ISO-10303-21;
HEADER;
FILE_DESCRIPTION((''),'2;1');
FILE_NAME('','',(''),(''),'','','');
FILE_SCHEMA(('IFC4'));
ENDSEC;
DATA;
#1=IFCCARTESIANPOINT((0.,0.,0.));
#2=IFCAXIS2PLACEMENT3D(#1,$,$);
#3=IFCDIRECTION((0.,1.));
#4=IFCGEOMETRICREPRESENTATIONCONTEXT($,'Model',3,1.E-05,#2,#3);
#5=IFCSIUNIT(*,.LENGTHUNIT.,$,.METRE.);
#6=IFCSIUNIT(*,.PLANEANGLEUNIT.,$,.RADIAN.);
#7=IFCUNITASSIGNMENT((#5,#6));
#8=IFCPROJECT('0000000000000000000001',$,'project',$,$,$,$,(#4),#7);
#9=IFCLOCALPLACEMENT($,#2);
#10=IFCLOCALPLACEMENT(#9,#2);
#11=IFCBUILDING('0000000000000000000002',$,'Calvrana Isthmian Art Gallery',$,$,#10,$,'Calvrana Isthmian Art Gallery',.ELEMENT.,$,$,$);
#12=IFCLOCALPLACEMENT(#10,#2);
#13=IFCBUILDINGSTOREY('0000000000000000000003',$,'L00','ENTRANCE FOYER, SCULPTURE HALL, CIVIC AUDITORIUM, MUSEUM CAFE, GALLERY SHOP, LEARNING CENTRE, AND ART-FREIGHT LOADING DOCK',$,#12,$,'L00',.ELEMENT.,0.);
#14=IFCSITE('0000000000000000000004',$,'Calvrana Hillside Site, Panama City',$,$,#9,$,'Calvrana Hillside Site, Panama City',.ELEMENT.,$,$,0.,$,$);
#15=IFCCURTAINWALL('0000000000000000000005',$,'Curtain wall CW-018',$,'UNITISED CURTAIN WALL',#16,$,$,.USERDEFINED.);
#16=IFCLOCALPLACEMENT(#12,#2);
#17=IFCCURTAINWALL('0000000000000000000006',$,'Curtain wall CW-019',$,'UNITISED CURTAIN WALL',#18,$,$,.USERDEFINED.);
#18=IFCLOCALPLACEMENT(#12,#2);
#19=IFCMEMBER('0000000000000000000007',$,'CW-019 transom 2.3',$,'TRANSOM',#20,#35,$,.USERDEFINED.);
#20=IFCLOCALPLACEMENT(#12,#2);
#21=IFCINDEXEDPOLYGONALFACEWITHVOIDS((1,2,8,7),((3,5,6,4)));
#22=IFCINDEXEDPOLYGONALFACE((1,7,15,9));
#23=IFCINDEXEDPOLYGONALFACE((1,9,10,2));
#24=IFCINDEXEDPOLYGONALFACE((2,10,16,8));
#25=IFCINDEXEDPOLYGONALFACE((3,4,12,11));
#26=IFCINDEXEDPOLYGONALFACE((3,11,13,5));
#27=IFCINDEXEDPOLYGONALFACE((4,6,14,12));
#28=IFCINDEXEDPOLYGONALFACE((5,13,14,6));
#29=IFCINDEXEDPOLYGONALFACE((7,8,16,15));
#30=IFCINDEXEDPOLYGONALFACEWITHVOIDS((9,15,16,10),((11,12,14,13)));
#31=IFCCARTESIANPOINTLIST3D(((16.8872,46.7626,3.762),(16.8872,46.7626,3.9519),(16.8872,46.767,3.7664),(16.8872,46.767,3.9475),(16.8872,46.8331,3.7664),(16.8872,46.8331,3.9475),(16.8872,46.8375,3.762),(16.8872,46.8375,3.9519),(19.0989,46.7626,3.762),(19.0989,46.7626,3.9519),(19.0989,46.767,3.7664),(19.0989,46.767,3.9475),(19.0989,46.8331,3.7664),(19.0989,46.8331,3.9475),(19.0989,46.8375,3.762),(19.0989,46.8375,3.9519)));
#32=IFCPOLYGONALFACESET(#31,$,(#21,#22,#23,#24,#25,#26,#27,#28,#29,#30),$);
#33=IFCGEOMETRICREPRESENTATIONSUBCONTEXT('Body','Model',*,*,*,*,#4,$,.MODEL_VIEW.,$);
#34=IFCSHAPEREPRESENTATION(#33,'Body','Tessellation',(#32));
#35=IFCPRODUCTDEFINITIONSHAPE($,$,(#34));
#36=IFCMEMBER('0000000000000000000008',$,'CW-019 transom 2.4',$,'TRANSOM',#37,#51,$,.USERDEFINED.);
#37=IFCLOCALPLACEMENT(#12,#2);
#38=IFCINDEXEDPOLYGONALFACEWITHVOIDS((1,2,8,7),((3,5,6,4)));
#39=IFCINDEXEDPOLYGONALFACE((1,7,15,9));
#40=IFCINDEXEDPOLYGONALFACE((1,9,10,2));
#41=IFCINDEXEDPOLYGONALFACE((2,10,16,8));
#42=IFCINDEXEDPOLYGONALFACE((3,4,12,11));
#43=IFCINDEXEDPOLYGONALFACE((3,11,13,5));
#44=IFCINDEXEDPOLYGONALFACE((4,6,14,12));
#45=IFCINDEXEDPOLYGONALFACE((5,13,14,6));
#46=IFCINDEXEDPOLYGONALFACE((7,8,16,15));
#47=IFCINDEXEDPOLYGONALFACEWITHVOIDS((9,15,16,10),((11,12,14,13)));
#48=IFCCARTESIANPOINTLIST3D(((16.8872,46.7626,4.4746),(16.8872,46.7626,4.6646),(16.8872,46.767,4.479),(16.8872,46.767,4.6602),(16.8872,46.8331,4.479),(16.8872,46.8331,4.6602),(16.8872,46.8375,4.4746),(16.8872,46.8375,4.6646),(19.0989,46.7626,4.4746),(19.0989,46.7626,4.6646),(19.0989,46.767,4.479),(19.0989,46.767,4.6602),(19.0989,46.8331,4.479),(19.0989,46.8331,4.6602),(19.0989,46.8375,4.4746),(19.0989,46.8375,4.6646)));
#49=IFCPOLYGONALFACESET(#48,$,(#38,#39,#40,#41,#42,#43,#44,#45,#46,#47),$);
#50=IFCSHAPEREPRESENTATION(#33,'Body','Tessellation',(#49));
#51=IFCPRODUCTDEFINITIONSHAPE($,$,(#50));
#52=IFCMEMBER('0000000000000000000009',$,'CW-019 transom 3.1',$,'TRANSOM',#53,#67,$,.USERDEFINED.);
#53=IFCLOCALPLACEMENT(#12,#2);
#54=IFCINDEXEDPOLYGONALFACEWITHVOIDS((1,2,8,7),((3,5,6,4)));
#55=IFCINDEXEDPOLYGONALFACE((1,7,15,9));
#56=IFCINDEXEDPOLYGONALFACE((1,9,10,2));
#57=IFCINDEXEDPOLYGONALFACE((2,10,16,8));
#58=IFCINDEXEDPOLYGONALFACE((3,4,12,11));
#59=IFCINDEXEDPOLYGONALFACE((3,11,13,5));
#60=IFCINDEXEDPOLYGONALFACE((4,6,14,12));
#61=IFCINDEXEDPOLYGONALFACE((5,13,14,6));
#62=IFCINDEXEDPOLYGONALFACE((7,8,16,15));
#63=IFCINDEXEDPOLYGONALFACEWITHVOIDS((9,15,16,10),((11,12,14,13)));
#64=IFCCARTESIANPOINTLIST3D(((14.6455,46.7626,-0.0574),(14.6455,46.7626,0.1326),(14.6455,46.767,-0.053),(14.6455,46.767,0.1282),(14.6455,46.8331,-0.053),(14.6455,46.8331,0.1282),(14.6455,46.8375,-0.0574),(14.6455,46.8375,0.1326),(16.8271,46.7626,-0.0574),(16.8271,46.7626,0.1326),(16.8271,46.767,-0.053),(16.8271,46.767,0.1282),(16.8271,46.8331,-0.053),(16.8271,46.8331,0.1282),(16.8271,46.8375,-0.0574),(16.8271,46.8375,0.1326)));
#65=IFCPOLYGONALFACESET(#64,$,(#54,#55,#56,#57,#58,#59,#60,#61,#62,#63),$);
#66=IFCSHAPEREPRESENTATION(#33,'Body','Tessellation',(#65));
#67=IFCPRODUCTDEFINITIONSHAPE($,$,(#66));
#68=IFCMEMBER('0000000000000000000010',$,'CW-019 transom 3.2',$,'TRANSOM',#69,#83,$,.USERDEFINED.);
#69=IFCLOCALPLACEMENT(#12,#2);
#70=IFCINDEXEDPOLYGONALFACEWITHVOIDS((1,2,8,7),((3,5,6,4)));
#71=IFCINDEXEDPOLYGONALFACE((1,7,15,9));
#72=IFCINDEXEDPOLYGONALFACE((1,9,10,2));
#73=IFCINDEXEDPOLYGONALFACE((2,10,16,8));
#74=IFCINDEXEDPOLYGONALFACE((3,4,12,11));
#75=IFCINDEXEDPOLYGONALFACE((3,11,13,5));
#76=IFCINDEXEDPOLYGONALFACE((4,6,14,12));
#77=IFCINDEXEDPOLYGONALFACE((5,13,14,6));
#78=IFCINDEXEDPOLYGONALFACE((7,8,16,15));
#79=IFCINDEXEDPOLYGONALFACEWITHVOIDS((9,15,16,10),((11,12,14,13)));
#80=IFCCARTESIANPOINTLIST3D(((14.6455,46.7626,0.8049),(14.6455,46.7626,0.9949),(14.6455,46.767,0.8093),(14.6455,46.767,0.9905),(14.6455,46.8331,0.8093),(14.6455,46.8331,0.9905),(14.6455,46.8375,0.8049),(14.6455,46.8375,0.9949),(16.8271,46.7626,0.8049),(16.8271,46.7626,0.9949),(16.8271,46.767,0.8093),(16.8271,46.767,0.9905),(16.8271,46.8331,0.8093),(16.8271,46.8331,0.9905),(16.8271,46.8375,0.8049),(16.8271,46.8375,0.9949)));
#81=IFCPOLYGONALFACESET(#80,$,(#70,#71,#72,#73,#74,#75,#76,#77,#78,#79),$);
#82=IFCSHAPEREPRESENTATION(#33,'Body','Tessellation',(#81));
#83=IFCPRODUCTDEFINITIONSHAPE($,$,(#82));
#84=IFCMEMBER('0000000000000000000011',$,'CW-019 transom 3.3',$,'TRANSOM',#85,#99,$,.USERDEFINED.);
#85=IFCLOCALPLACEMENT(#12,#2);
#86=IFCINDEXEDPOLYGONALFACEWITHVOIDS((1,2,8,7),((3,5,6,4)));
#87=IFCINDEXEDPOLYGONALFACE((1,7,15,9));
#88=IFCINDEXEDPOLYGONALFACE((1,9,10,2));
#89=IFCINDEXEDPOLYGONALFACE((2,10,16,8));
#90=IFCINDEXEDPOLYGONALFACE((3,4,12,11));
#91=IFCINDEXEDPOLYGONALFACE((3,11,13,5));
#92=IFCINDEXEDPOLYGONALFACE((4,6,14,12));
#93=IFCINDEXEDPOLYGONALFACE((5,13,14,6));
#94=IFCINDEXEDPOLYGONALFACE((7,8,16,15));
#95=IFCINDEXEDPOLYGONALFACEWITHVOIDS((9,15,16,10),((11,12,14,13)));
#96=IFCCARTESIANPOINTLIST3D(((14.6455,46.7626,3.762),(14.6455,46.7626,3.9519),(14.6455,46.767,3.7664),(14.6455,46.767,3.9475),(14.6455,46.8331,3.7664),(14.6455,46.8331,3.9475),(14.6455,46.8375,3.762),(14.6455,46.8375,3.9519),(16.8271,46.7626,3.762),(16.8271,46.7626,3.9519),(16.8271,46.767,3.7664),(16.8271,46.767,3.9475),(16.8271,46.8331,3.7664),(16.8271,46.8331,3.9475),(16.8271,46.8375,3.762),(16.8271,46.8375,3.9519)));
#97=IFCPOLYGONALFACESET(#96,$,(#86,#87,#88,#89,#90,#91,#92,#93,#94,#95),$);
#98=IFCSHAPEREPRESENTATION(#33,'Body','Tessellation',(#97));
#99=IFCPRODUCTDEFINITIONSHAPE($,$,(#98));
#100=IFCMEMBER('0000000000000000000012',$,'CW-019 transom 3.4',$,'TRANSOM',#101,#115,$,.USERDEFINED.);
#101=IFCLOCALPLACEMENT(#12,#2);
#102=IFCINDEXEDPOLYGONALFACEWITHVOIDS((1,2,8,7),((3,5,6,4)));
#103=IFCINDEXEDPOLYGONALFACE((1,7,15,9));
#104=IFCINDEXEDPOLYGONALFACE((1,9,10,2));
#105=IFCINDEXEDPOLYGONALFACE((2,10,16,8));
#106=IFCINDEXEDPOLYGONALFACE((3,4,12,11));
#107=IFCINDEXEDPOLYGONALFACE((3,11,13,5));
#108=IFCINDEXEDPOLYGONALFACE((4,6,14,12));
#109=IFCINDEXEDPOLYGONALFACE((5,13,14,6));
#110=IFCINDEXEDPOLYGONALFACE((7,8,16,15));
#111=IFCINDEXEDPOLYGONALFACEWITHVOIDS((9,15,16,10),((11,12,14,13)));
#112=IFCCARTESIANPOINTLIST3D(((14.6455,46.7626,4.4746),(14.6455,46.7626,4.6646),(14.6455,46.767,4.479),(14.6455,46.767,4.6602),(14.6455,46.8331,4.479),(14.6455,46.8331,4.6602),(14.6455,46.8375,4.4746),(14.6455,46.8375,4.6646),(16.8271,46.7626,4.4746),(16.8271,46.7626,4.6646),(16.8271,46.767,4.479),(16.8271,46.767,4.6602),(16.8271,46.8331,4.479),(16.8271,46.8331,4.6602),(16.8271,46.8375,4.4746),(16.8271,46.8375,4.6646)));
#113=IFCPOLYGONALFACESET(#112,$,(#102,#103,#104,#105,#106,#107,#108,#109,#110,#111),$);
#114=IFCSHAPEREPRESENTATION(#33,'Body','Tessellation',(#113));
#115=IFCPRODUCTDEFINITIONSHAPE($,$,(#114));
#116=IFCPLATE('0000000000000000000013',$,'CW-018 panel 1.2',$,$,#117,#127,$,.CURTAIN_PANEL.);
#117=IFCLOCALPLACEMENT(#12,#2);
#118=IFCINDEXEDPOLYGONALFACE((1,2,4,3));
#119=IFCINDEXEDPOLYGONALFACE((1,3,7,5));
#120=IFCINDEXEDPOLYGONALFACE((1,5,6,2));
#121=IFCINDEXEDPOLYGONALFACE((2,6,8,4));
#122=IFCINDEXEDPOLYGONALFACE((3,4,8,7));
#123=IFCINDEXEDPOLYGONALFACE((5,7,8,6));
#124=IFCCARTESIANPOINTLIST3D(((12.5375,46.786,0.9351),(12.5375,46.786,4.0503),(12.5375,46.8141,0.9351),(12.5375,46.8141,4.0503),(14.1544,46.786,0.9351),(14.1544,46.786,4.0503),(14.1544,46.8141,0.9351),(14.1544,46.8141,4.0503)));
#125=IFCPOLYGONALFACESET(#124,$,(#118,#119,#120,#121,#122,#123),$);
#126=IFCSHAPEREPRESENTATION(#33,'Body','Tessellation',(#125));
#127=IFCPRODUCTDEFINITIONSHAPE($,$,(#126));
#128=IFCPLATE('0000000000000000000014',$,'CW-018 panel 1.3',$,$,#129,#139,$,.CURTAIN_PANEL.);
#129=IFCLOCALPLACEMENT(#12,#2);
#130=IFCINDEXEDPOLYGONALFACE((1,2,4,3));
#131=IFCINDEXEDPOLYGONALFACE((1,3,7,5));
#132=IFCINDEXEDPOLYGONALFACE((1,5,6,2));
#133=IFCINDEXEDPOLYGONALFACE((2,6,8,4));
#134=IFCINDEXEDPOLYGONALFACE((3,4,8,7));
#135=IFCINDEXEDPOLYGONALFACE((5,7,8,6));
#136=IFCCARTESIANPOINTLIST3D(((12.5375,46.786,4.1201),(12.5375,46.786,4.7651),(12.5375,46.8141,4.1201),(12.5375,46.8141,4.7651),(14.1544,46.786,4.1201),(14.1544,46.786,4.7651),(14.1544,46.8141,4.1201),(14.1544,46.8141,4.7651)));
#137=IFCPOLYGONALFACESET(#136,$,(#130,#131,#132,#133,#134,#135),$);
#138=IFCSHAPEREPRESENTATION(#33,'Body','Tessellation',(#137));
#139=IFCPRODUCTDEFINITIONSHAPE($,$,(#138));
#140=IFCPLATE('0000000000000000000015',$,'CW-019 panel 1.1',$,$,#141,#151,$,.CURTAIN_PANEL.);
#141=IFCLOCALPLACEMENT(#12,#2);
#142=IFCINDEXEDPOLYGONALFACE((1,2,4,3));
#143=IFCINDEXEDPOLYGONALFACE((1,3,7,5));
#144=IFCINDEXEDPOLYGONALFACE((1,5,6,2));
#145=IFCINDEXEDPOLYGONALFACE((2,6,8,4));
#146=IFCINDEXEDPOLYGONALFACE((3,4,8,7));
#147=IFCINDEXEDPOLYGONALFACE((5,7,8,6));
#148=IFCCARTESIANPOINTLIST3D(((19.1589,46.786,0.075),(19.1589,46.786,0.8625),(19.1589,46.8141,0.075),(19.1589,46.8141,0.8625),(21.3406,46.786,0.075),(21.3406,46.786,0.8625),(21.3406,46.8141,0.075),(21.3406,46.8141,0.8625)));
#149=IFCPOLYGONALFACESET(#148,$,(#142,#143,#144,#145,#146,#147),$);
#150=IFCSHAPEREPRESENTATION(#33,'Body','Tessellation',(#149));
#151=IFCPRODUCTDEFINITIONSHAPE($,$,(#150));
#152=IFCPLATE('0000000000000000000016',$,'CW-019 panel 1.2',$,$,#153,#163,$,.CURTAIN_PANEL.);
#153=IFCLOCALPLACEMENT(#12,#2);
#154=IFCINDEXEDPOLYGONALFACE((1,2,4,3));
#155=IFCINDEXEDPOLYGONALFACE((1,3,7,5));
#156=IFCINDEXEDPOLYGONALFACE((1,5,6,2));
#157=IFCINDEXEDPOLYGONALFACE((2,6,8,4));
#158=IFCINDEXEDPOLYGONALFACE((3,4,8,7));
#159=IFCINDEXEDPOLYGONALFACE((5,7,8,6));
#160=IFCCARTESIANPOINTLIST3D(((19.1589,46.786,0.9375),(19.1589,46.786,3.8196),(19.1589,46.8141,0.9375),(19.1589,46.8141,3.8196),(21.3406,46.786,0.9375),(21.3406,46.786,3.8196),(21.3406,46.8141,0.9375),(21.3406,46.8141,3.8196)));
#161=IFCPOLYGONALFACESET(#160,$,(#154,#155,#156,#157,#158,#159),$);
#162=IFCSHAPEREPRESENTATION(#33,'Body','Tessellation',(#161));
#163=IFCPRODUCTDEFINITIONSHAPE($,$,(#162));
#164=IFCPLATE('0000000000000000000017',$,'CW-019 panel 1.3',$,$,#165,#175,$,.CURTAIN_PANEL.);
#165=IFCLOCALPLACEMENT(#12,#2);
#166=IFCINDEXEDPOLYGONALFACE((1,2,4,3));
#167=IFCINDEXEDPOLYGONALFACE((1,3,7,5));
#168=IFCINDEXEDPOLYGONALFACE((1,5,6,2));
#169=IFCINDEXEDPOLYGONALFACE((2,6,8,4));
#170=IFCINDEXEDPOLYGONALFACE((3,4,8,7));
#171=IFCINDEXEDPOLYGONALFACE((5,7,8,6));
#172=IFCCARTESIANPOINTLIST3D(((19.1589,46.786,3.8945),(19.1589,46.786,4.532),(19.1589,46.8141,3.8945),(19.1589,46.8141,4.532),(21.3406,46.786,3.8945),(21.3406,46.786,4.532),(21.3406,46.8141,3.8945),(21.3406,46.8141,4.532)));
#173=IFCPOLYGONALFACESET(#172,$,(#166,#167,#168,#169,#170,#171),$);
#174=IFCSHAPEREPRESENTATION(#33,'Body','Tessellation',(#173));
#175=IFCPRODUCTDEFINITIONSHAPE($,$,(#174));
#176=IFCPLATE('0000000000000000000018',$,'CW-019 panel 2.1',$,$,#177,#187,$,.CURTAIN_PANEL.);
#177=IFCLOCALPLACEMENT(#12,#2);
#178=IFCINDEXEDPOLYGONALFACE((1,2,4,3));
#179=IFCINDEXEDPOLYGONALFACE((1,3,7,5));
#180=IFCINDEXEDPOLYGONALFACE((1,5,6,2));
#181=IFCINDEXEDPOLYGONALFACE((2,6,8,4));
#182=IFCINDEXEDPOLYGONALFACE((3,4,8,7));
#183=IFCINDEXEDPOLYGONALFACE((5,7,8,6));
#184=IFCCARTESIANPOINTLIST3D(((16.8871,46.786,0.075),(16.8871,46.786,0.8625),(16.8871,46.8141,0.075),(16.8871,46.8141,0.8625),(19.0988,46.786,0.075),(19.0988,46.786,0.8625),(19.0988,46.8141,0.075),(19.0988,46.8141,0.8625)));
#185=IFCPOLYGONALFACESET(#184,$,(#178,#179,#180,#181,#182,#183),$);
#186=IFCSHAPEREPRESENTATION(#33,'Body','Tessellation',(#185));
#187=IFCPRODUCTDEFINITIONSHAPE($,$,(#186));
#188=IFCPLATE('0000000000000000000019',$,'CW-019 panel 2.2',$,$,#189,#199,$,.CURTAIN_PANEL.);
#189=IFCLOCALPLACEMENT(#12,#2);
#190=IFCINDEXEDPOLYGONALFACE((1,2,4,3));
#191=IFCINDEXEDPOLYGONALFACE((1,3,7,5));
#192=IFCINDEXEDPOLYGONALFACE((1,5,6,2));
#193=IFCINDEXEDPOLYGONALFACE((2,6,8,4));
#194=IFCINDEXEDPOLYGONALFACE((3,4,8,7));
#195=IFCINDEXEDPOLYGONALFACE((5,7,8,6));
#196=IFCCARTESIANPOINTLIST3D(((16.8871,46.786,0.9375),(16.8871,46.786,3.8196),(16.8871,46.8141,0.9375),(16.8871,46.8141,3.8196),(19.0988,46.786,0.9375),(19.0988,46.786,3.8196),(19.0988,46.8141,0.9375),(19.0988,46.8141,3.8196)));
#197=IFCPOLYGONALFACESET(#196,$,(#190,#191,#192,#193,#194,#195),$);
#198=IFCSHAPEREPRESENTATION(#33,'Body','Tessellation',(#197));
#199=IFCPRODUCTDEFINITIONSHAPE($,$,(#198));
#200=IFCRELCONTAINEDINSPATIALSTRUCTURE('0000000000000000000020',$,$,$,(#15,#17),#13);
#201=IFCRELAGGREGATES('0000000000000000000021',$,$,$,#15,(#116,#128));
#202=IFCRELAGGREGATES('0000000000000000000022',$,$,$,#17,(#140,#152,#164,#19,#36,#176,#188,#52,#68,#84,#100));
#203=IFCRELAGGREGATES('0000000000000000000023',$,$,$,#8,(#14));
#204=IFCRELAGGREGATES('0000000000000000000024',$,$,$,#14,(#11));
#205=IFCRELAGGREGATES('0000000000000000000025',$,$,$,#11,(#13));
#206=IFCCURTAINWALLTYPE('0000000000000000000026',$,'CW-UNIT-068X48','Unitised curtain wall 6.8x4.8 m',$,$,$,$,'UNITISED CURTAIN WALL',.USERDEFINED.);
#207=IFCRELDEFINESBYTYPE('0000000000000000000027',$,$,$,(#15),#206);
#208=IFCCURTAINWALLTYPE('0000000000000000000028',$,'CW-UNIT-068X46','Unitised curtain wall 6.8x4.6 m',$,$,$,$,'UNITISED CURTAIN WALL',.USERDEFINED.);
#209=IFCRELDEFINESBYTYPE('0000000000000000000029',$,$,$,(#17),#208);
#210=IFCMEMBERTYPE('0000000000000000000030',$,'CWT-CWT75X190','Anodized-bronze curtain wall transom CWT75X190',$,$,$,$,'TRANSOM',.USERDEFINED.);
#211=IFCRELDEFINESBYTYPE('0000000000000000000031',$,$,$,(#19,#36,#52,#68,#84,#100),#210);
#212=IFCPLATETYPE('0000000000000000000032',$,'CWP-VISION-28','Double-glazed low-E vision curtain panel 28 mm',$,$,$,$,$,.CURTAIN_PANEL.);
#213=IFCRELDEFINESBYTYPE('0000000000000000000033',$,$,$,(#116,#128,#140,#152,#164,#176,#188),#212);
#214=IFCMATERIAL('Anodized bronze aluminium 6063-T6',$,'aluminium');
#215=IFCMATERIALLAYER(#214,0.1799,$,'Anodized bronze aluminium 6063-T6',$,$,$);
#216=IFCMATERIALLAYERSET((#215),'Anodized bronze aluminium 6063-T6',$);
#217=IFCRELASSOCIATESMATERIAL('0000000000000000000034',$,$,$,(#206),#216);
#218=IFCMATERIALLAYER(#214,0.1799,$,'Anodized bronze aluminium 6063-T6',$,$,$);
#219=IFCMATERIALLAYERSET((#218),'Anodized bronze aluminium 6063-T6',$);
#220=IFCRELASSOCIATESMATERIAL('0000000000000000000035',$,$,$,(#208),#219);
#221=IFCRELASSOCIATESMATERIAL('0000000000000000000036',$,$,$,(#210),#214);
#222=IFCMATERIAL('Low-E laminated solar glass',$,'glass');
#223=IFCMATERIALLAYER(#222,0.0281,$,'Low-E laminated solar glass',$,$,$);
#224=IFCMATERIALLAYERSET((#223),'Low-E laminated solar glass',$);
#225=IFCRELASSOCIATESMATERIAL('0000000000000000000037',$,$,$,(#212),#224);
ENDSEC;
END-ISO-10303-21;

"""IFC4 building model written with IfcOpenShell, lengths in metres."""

from ifc_helpers import new_model, si_unit, direction, frame, origin, origin_2d, place, context, subcontext, project, spatial, rectangle, hollow_rectangle, extrude, material, layer, layer_set, material_profile, profile_set, type_object, element, aggregate, save


model = new_model("IFC4")

# Units and contexts
model_context = context("Model", 3, precision=1e-05, world=origin(), true_north=direction((0.0, 1.0)))
body_context = subcontext(model_context, "Body", "Model", "MODEL_VIEW")
ifc_project = project(units=[si_unit("LENGTHUNIT", "METRE"), si_unit("PLANEANGLEUNIT", "RADIAN")], contexts=[model_context])

# Site, building, storey
site_placement = place(None, origin())
site = spatial("IfcSite", under=ifc_project, at=site_placement, Name="Calvrana Hillside Site, Panama City", LongName="Calvrana Hillside Site, Panama City", CompositionType="ELEMENT", RefElevation=0.0)
building_placement = place(site_placement, origin())
building = spatial("IfcBuilding", under=site, at=building_placement, Name="Calvrana Isthmian Art Gallery", LongName="Calvrana Isthmian Art Gallery", CompositionType="ELEMENT")
storey_placement = place(building_placement, origin())
storey = spatial("IfcBuildingStorey", under=building, at=storey_placement, Name="L00", Description="ENTRANCE FOYER, SCULPTURE HALL, CIVIC AUDITORIUM, MUSEUM CAFE, GALLERY SHOP, LEARNING CENTRE, AND ART-FREIGHT LOADING DOCK", LongName="L00", CompositionType="ELEMENT", Elevation=0.0)

# Curtain wall
ifc_material_1 = material(Name="Anodized bronze aluminium 6063-T6", Category="aluminium")
ifc_layer_1 = layer(ifc_material_1, 0.1799, Name="Anodized bronze aluminium 6063-T6")
ifc_layer_set_1 = layer_set([ifc_layer_1], Name="Anodized bronze aluminium 6063-T6")
curtain_wall_type_1 = type_object("IfcCurtainWallType", Name="CW-UNIT-068X48", Description="Unitised curtain wall 6.8x4.8 m", ElementType="UNITISED CURTAIN WALL", PredefinedType="USERDEFINED", material=ifc_layer_set_1)
curtain_wall_1_placement = place(storey_placement, origin())
curtain_wall_1 = element("IfcCurtainWall", 1, at=curtain_wall_1_placement, inside=storey, type_object=curtain_wall_type_1, Name="Curtain wall CW-018", ObjectType="UNITISED CURTAIN WALL", PredefinedType="USERDEFINED")

# Curtain wall
ifc_layer_2 = layer(ifc_material_1, 0.1799, Name="Anodized bronze aluminium 6063-T6")
ifc_layer_set_2 = layer_set([ifc_layer_2], Name="Anodized bronze aluminium 6063-T6")
curtain_wall_type_2 = type_object("IfcCurtainWallType", Name="CW-UNIT-068X46", Description="Unitised curtain wall 6.8x4.6 m", ElementType="UNITISED CURTAIN WALL", PredefinedType="USERDEFINED", material=ifc_layer_set_2)
curtain_wall_2_placement = place(storey_placement, origin())
curtain_wall_2 = element("IfcCurtainWall", 2, at=curtain_wall_2_placement, inside=storey, type_object=curtain_wall_type_2, Name="Curtain wall CW-019", ObjectType="UNITISED CURTAIN WALL", PredefinedType="USERDEFINED")

# Members
ifc_material_profile_1 = material_profile(ifc_material_1, hollow_rectangle(XDim=0.075, YDim=0.1899, WallThickness=0.0044, at=origin_2d()), Name="CWT75X190")
ifc_profile_set_1 = profile_set([ifc_material_profile_1], Name="Anodized bronze aluminium 6063-T6")
member_type_1 = type_object("IfcMemberType", Name="CWT-CWT75X190", Description="Anodized-bronze curtain wall transom CWT75X190", ElementType="TRANSOM", PredefinedType="USERDEFINED", material=ifc_profile_set_1)
member_1_placement = place(storey_placement, frame((19.0989, 46.8, 3.8569), z_axis=(-1.0, 0.0, 0.0), x_axis=(0.0, -1.0, 0.0)))
member_1 = element("IfcMember", 3, at=member_1_placement, type_object=member_type_1, Name="CW-019 transom 2.3", ObjectType="TRANSOM", PredefinedType="USERDEFINED", context=body_context, shape_type="SweptSolid", body=[
    extrude(hollow_rectangle(XDim=0.075, YDim=0.1899, WallThickness=0.0044, at=origin_2d()), origin(), (0.0, 0.0, 1.0), 2.2117),
])
member_2_placement = place(storey_placement, frame((19.0989, 46.8, 4.5696), z_axis=(-1.0, 0.0, 0.0), x_axis=(0.0, -1.0, 0.0)))
member_2 = element("IfcMember", 4, at=member_2_placement, type_object=member_type_1, Name="CW-019 transom 2.4", ObjectType="TRANSOM", PredefinedType="USERDEFINED", context=body_context, shape_type="SweptSolid", body=[
    extrude(hollow_rectangle(XDim=0.075, YDim=0.1899, WallThickness=0.0044, at=origin_2d()), origin(), (0.0, 0.0, 1.0), 2.2117),
])
member_3_placement = place(storey_placement, frame((16.8271, 46.8, 0.0376), z_axis=(-1.0, 0.0, 0.0), x_axis=(0.0, -1.0, 0.0)))
member_3 = element("IfcMember", 5, at=member_3_placement, type_object=member_type_1, Name="CW-019 transom 3.1", ObjectType="TRANSOM", PredefinedType="USERDEFINED", context=body_context, shape_type="SweptSolid", body=[
    extrude(hollow_rectangle(XDim=0.075, YDim=0.1899, WallThickness=0.0044, at=origin_2d()), origin(), (0.0, 0.0, 1.0), 2.1816),
])
member_4_placement = place(storey_placement, frame((16.8271, 46.8, 0.8999), z_axis=(-1.0, 0.0, 0.0), x_axis=(0.0, -1.0, 0.0)))
member_4 = element("IfcMember", 6, at=member_4_placement, type_object=member_type_1, Name="CW-019 transom 3.2", ObjectType="TRANSOM", PredefinedType="USERDEFINED", context=body_context, shape_type="SweptSolid", body=[
    extrude(hollow_rectangle(XDim=0.075, YDim=0.1899, WallThickness=0.0044, at=origin_2d()), origin(), (0.0, 0.0, 1.0), 2.1816),
])
member_5_placement = place(storey_placement, frame((16.8271, 46.8, 3.8569), z_axis=(-1.0, 0.0, 0.0), x_axis=(0.0, -1.0, 0.0)))
member_5 = element("IfcMember", 7, at=member_5_placement, type_object=member_type_1, Name="CW-019 transom 3.3", ObjectType="TRANSOM", PredefinedType="USERDEFINED", context=body_context, shape_type="SweptSolid", body=[
    extrude(hollow_rectangle(XDim=0.075, YDim=0.1899, WallThickness=0.0044, at=origin_2d()), origin(), (0.0, 0.0, 1.0), 2.1816),
])
member_6_placement = place(storey_placement, frame((16.8271, 46.8, 4.5696), z_axis=(-1.0, 0.0, 0.0), x_axis=(0.0, -1.0, 0.0)))
member_6 = element("IfcMember", 8, at=member_6_placement, type_object=member_type_1, Name="CW-019 transom 3.4", ObjectType="TRANSOM", PredefinedType="USERDEFINED", context=body_context, shape_type="SweptSolid", body=[
    extrude(hollow_rectangle(XDim=0.075, YDim=0.1899, WallThickness=0.0044, at=origin_2d()), origin(), (0.0, 0.0, 1.0), 2.1816),
])

# Plates
ifc_material_2 = material(Name="Low-E laminated solar glass", Category="glass")
ifc_layer_3 = layer(ifc_material_2, 0.0281, Name="Low-E laminated solar glass")
ifc_layer_set_3 = layer_set([ifc_layer_3], Name="Low-E laminated solar glass")
plate_type_1 = type_object("IfcPlateType", Name="CWP-VISION-28", Description="Double-glazed low-E vision curtain panel 28 mm", PredefinedType="CURTAIN_PANEL", material=ifc_layer_set_3)
plate_1_placement = place(storey_placement, frame((13.3459, 46.8, 0.9351), z_axis=(0.0, 0.0, 1.0), x_axis=(-1.0, 0.0, 0.0)))
plate_1 = element("IfcPlate", 9, at=plate_1_placement, type_object=plate_type_1, Name="CW-018 panel 1.2", PredefinedType="CURTAIN_PANEL", context=body_context, shape_type="SweptSolid", body=[
    extrude(rectangle(XDim=1.6169, YDim=0.0281, at=origin_2d()), origin(), (0.0, 0.0, 1.0), 3.1152),
])
plate_2_placement = place(storey_placement, frame((13.3459, 46.8, 4.1201), z_axis=(0.0, 0.0, 1.0), x_axis=(-1.0, 0.0, 0.0)))
plate_2 = element("IfcPlate", 10, at=plate_2_placement, type_object=plate_type_1, Name="CW-018 panel 1.3", PredefinedType="CURTAIN_PANEL", context=body_context, shape_type="SweptSolid", body=[
    extrude(rectangle(XDim=1.6169, YDim=0.0281, at=origin_2d()), origin(), (0.0, 0.0, 1.0), 0.645),
])
aggregate(curtain_wall_1, [plate_1, plate_2])
plate_3_placement = place(storey_placement, frame((20.2498, 46.8, 0.075), z_axis=(0.0, 0.0, 1.0), x_axis=(-1.0, 0.0, 0.0)))
plate_3 = element("IfcPlate", 11, at=plate_3_placement, type_object=plate_type_1, Name="CW-019 panel 1.1", PredefinedType="CURTAIN_PANEL", context=body_context, shape_type="SweptSolid", body=[
    extrude(rectangle(XDim=2.1816, YDim=0.0281, at=origin_2d()), origin(), (0.0, 0.0, 1.0), 0.7876),
])
plate_4_placement = place(storey_placement, frame((20.2498, 46.8, 0.9375), z_axis=(0.0, 0.0, 1.0), x_axis=(-1.0, 0.0, 0.0)))
plate_4 = element("IfcPlate", 12, at=plate_4_placement, type_object=plate_type_1, Name="CW-019 panel 1.2", PredefinedType="CURTAIN_PANEL", context=body_context, shape_type="SweptSolid", body=[
    extrude(rectangle(XDim=2.1816, YDim=0.0281, at=origin_2d()), origin(), (0.0, 0.0, 1.0), 2.8821),
])
plate_5_placement = place(storey_placement, frame((20.2498, 46.8, 3.8945), z_axis=(0.0, 0.0, 1.0), x_axis=(-1.0, 0.0, 0.0)))
plate_5 = element("IfcPlate", 13, at=plate_5_placement, type_object=plate_type_1, Name="CW-019 panel 1.3", PredefinedType="CURTAIN_PANEL", context=body_context, shape_type="SweptSolid", body=[
    extrude(rectangle(XDim=2.1816, YDim=0.0281, at=origin_2d()), origin(), (0.0, 0.0, 1.0), 0.6375),
])
plate_6_placement = place(storey_placement, frame((17.9929, 46.8, 0.075), z_axis=(0.0, 0.0, 1.0), x_axis=(-1.0, 0.0, 0.0)))
plate_6 = element("IfcPlate", 14, at=plate_6_placement, type_object=plate_type_1, Name="CW-019 panel 2.1", PredefinedType="CURTAIN_PANEL", context=body_context, shape_type="SweptSolid", body=[
    extrude(rectangle(XDim=2.2117, YDim=0.0281, at=origin_2d()), origin(), (0.0, 0.0, 1.0), 0.7876),
])
plate_7_placement = place(storey_placement, frame((17.9929, 46.8, 0.9375), z_axis=(0.0, 0.0, 1.0), x_axis=(-1.0, 0.0, 0.0)))
plate_7 = element("IfcPlate", 15, at=plate_7_placement, type_object=plate_type_1, Name="CW-019 panel 2.2", PredefinedType="CURTAIN_PANEL", context=body_context, shape_type="SweptSolid", body=[
    extrude(rectangle(XDim=2.2117, YDim=0.0281, at=origin_2d()), origin(), (0.0, 0.0, 1.0), 2.8821),
])
aggregate(curtain_wall_2, [plate_3, plate_4, plate_5, member_1, member_2, plate_6, plate_7, member_3, member_4, member_5, member_6])

save(model, "model.ifc")
